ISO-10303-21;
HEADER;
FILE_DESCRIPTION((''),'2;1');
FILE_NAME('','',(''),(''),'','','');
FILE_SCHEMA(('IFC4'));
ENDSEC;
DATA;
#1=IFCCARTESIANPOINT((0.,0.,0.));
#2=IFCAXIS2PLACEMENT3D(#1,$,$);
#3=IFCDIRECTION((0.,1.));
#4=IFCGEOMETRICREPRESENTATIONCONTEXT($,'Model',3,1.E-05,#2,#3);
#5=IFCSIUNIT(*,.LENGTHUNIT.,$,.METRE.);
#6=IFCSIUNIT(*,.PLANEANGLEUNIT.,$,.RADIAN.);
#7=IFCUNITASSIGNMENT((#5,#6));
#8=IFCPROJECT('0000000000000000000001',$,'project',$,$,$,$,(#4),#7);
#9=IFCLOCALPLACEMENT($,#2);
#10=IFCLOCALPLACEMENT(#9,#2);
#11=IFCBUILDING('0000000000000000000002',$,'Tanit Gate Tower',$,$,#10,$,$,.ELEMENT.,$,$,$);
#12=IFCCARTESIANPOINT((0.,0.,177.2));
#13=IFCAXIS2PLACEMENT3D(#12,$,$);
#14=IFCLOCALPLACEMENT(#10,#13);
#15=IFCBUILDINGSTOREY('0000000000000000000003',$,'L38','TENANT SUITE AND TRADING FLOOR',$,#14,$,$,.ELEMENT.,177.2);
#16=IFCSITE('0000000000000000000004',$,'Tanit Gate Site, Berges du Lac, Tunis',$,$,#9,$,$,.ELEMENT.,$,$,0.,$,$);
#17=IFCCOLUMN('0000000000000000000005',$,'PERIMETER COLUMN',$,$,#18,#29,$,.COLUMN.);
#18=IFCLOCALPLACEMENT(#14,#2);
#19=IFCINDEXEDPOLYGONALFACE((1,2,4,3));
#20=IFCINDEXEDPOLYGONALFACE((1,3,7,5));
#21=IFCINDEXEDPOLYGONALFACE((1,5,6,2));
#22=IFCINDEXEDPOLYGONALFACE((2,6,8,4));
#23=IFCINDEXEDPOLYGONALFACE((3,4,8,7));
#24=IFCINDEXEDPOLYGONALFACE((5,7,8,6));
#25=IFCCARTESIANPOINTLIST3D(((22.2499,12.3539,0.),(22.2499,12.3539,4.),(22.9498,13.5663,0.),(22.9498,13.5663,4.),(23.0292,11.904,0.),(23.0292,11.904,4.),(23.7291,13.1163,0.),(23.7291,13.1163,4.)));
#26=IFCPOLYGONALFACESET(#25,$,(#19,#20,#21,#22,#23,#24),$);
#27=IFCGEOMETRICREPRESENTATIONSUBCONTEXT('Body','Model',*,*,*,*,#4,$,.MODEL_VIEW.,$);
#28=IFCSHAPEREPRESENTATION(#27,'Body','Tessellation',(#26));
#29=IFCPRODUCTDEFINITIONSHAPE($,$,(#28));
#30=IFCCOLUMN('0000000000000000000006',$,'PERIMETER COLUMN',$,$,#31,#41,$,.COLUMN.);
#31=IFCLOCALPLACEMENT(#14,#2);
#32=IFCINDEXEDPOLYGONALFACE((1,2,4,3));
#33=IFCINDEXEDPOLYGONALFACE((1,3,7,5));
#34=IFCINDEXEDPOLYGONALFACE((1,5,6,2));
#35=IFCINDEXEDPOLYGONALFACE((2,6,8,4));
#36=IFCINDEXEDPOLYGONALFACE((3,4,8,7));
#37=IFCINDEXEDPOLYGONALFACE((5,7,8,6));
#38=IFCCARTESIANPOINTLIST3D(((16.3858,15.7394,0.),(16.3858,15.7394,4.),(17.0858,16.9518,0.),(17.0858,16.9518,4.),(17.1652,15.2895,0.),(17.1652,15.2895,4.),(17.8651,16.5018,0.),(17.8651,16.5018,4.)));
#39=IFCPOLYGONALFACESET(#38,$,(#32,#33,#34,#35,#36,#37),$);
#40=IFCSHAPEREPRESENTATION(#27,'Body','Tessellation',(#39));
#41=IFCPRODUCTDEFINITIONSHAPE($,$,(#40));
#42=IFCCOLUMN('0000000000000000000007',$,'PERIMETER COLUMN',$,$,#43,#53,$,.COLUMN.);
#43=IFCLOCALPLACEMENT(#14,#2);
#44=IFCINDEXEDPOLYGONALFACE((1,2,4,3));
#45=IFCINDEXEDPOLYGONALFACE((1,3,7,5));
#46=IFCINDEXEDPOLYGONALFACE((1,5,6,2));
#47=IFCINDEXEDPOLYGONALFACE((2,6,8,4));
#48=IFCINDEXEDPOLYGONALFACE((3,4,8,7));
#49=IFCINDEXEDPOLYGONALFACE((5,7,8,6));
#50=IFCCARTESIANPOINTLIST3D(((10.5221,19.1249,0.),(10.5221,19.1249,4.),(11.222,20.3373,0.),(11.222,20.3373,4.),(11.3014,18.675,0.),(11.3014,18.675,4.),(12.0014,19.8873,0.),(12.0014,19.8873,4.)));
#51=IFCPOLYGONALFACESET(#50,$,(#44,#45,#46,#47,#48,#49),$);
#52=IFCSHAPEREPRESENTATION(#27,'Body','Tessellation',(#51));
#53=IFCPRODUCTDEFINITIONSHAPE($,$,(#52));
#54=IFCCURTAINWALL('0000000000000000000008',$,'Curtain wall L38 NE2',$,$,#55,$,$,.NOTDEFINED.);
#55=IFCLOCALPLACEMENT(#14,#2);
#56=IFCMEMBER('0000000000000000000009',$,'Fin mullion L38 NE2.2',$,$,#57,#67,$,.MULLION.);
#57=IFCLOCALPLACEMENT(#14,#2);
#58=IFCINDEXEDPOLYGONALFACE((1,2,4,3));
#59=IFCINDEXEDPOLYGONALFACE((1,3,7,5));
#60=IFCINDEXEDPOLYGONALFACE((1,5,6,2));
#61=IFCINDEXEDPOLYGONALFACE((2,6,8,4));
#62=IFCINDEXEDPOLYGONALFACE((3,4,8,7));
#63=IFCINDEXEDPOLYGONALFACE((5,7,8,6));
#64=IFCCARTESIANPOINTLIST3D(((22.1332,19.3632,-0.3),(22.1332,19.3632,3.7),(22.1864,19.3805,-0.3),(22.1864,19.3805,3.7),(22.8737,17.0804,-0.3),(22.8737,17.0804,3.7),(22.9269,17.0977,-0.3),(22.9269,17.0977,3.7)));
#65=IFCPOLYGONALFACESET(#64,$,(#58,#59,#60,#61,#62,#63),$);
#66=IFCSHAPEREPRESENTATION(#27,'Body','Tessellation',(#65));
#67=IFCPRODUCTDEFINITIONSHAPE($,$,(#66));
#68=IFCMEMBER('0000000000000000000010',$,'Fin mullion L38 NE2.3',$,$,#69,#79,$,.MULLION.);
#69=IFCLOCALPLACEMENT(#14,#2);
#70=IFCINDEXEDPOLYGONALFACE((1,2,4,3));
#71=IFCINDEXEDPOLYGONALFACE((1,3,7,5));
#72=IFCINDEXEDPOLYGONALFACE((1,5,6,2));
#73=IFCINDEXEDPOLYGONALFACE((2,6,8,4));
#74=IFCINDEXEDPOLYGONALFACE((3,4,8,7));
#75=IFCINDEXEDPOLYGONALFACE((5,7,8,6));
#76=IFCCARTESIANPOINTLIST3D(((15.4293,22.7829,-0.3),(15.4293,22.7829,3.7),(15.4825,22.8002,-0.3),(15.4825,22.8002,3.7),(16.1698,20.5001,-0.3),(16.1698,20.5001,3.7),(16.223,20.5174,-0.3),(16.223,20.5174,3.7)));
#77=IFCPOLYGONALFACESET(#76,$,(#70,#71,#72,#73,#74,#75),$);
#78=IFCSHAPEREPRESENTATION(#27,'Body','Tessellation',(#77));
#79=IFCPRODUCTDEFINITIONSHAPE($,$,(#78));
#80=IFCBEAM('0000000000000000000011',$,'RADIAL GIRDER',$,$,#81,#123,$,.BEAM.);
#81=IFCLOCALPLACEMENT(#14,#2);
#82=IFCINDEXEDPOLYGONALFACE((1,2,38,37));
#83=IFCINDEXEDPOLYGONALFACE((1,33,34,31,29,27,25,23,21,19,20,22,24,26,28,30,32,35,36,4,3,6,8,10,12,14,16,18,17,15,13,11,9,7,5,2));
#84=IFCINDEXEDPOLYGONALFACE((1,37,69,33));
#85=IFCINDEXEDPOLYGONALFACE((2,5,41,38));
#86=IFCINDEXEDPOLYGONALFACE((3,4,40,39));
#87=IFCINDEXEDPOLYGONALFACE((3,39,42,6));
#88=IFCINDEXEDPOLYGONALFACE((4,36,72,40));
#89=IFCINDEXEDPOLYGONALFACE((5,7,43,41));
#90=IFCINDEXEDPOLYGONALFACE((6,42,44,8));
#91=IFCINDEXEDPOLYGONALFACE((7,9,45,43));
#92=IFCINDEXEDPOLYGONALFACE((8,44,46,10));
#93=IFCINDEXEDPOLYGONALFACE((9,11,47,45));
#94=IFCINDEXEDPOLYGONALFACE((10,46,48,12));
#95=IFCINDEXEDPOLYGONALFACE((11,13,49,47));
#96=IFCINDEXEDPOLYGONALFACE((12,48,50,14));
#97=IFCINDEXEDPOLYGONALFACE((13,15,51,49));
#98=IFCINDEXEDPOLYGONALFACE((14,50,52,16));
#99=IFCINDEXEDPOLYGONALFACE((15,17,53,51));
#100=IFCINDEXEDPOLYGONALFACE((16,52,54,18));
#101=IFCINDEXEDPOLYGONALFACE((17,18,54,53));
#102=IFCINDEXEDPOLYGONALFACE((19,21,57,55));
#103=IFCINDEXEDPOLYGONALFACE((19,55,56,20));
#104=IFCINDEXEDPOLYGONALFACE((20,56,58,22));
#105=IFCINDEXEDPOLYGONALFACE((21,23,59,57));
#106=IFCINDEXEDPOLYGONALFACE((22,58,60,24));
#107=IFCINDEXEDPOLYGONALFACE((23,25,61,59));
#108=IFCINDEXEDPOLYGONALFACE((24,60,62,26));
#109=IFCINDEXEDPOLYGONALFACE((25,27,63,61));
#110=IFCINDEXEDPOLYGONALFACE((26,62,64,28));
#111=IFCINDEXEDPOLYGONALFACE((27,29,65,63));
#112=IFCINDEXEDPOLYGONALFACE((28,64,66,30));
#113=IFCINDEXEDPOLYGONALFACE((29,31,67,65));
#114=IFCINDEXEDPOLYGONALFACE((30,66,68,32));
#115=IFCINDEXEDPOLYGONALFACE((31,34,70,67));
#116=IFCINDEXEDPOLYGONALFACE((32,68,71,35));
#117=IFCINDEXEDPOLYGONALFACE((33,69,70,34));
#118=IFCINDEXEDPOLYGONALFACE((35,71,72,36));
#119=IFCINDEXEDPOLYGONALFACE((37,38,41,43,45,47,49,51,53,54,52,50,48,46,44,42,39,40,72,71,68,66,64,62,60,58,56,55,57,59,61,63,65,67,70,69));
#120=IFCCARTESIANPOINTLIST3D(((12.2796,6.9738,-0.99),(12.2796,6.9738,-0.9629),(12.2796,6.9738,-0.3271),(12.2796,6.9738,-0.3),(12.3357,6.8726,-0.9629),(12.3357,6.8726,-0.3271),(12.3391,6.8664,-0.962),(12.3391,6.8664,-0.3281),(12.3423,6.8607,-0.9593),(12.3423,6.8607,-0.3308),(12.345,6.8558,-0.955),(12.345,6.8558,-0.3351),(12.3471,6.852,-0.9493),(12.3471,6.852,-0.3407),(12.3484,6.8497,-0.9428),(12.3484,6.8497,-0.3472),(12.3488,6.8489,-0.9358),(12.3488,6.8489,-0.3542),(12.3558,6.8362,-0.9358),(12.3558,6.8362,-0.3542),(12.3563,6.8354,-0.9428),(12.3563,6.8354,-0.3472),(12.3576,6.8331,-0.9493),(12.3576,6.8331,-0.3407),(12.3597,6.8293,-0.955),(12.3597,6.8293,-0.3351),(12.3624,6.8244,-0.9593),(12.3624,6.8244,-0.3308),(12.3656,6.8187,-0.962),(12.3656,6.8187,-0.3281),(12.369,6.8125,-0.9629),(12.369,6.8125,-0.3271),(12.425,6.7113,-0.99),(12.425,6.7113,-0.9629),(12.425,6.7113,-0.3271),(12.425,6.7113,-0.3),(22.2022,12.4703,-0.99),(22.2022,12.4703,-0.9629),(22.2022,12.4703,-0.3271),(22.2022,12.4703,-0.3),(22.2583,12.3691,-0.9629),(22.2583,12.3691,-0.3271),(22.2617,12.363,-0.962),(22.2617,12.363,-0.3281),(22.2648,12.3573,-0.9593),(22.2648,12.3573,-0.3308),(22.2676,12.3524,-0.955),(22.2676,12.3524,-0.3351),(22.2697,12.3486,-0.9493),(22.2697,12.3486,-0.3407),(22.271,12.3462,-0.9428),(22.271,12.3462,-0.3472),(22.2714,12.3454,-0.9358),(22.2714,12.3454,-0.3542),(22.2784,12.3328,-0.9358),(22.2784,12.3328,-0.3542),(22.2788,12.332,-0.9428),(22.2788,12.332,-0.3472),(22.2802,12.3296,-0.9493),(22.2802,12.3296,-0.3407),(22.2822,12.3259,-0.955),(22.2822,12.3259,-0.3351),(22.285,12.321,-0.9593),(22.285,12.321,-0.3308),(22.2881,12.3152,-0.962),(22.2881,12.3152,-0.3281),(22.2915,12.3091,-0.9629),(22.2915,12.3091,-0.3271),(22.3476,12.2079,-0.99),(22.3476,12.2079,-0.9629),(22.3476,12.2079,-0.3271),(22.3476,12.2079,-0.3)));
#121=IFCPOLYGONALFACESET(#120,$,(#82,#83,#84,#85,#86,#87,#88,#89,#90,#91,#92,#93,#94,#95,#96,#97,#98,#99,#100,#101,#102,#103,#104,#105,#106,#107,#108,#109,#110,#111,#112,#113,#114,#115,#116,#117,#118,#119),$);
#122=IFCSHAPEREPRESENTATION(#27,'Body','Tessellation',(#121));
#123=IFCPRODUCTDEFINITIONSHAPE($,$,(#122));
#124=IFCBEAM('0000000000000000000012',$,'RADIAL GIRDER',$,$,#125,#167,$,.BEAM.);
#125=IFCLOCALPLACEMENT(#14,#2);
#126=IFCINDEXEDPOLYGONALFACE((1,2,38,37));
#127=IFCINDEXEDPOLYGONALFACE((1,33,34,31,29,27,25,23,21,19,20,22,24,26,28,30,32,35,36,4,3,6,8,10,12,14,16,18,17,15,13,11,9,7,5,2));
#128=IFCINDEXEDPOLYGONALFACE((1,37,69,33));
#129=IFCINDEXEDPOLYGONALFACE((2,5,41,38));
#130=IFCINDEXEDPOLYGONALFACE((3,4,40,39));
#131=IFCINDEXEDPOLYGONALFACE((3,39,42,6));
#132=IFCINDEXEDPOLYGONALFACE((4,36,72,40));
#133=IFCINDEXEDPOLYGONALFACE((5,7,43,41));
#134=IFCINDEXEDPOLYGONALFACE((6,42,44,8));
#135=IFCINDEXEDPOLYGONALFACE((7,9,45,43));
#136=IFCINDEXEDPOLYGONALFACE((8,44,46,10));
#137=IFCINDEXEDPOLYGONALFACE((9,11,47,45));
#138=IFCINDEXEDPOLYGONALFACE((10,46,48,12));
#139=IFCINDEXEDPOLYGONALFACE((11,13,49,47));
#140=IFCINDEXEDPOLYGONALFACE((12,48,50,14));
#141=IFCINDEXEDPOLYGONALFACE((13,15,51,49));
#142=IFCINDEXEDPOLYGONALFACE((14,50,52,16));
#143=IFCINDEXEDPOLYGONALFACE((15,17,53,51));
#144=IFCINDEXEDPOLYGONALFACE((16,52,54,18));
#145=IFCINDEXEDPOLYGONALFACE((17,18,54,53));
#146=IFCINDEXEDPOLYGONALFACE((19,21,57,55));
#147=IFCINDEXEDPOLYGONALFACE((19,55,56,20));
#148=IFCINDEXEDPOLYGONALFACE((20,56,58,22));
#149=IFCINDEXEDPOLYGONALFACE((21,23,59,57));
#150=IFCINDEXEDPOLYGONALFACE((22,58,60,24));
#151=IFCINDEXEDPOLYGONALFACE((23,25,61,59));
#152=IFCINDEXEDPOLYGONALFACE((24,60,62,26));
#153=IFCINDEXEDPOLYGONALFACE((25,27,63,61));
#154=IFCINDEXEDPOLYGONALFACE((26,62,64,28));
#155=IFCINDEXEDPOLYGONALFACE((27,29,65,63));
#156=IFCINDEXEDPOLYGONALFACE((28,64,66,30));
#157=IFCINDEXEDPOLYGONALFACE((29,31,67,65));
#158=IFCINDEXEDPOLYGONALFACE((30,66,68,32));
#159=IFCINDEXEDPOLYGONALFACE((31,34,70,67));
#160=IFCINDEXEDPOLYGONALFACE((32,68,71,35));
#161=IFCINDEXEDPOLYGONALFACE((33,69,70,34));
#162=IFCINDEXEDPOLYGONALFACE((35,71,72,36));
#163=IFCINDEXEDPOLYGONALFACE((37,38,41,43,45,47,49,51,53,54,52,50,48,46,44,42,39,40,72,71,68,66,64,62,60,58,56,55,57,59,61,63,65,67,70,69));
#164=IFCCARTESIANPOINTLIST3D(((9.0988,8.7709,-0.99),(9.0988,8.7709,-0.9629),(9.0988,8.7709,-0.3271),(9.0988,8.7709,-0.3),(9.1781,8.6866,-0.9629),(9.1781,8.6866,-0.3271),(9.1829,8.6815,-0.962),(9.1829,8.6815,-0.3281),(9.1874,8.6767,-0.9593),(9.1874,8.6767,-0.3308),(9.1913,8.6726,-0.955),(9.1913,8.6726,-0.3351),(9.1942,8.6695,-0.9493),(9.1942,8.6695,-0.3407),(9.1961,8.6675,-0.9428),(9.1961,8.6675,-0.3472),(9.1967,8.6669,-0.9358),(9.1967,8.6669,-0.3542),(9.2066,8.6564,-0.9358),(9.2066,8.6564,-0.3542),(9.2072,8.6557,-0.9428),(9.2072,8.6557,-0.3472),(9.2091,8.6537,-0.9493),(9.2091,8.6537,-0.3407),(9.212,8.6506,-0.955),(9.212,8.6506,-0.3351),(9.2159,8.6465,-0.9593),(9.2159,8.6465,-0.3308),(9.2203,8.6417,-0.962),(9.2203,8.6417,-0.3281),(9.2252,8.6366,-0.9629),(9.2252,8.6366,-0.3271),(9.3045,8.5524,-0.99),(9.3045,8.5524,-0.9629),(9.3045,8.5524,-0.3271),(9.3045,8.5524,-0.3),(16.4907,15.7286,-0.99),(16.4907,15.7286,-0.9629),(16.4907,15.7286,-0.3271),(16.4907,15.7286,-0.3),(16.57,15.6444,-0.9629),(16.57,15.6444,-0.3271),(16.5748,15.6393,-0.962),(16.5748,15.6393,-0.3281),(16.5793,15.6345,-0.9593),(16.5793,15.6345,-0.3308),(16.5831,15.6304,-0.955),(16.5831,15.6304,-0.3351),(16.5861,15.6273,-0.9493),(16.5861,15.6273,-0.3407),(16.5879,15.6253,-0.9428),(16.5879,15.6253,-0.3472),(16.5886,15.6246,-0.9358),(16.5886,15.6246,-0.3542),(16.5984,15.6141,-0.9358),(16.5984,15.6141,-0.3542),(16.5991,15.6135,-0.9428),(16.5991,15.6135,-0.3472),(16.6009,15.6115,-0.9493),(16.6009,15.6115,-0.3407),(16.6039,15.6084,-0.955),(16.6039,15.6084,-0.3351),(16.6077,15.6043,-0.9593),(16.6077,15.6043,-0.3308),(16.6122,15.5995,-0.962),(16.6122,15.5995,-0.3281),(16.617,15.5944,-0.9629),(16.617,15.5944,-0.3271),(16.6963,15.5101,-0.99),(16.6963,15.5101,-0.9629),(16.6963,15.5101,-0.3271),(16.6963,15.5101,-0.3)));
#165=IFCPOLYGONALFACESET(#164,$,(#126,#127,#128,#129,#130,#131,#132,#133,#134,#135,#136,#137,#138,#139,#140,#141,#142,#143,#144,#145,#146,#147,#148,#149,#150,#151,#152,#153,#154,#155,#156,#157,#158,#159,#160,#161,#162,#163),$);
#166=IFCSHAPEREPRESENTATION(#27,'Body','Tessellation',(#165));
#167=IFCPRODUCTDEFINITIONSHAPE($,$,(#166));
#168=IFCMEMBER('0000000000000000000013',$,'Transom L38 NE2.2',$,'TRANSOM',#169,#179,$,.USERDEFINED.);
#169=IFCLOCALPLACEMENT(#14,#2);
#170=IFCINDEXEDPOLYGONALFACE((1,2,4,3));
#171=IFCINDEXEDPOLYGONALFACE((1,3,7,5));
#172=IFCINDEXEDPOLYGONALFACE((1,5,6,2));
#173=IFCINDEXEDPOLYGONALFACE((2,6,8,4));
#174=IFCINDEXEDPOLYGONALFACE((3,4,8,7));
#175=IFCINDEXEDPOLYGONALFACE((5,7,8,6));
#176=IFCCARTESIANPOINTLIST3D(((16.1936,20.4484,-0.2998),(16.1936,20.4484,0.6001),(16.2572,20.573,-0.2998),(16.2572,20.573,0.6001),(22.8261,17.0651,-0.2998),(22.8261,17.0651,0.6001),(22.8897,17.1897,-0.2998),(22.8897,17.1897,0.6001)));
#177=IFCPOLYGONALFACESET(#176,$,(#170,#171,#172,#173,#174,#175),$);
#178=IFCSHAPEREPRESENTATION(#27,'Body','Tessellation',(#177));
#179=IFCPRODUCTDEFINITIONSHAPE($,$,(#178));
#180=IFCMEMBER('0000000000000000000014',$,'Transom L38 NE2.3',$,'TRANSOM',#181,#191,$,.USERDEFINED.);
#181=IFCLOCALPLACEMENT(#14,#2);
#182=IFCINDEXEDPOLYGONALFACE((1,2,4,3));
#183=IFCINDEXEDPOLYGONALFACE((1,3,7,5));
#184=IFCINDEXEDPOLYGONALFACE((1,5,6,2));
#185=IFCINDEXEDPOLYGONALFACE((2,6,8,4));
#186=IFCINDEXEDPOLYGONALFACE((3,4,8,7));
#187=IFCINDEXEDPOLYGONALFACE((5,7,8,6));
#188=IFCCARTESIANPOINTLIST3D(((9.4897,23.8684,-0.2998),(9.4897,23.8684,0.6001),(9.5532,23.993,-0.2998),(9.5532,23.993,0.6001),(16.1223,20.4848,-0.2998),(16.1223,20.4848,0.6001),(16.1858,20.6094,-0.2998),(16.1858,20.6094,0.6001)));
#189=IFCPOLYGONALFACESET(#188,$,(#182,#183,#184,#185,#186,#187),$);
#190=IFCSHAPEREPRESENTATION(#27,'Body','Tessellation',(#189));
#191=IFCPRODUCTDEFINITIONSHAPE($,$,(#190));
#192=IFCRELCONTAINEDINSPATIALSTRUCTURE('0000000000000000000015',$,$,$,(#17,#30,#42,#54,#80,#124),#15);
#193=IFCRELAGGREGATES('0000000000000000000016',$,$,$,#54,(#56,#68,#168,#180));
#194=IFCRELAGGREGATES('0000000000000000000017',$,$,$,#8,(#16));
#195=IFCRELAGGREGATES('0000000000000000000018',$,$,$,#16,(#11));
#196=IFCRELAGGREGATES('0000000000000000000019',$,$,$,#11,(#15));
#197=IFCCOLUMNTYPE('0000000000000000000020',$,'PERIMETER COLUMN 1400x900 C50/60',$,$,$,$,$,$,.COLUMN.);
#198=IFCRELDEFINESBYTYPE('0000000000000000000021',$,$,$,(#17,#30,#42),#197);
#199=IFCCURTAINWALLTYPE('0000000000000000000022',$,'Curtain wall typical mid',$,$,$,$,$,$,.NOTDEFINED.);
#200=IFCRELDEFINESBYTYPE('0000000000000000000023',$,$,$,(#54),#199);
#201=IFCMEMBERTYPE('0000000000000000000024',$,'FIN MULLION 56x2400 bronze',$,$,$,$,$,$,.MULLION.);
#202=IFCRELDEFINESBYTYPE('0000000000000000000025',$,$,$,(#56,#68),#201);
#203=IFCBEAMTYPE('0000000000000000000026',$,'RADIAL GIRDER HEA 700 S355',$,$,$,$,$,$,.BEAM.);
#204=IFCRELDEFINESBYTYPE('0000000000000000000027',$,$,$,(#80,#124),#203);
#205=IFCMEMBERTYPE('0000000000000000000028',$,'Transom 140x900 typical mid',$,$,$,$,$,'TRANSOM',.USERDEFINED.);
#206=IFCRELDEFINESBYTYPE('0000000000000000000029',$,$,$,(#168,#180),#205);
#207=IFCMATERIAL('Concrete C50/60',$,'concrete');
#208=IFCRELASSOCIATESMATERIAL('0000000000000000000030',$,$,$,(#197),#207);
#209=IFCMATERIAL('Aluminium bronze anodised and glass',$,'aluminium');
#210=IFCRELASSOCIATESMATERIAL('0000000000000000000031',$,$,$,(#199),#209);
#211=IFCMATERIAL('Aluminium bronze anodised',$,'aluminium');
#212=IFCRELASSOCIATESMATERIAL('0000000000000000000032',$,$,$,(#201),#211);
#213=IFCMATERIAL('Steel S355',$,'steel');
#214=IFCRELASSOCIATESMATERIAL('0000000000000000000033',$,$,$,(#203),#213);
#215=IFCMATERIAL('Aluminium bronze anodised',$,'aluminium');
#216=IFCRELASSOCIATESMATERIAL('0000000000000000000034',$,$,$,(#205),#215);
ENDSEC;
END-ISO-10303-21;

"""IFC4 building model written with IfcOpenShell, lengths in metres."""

from ifc_helpers import new_model, si_unit, direction, frame, origin, origin_2d, place, context, subcontext, project, spatial, rectangle, i_section, extrude, material, material_profile, profile_set, type_object, element, aggregate, save


model = new_model("IFC4")

# Units and contexts
model_context = context("Model", 3, precision=1e-05, world=origin(), true_north=direction((0.0, 1.0)))
body_context = subcontext(model_context, "Body", "Model", "MODEL_VIEW")
ifc_project = project(units=[si_unit("LENGTHUNIT", "METRE"), si_unit("PLANEANGLEUNIT", "RADIAN")], contexts=[model_context])

# Site, building, storey
site_placement = place(None, origin())
site = spatial("IfcSite", under=ifc_project, at=site_placement, Name="Tanit Gate Site, Berges du Lac, Tunis", CompositionType="ELEMENT", RefElevation=0.0)
building_placement = place(site_placement, origin())
building = spatial("IfcBuilding", under=site, at=building_placement, Name="Tanit Gate Tower", CompositionType="ELEMENT")
storey_placement = place(building_placement, frame((0.0, 0.0, 177.2)))
storey = spatial("IfcBuildingStorey", under=building, at=storey_placement, Name="L38", Description="TENANT SUITE AND TRADING FLOOR", CompositionType="ELEMENT", Elevation=177.2)

# Columns
ifc_material_1 = material(Name="Concrete C50/60", Category="concrete")
ifc_material_profile_1 = material_profile(ifc_material_1, rectangle(XDim=1.3999, YDim=0.8999, at=origin_2d()), Name="RC 1400x900")
ifc_profile_set_1 = profile_set([ifc_material_profile_1], Name="Concrete C50/60")
column_type = type_object("IfcColumnType", Name="PERIMETER COLUMN 1400x900 C50/60", PredefinedType="COLUMN", material=ifc_profile_set_1)
for number, where, z_axis, x_axis, name in (
    (1, (22.9895, 12.7351, 0.0), (0.0, 0.0, 1.0), (0.5, 0.866025, 0.0), "PERIMETER COLUMN"),
    (2, (17.1255, 16.1206, 0.0), (0.0, 0.0, 1.0), (0.5, 0.866025, 0.0), "PERIMETER COLUMN"),
    (3, (11.2617, 19.5061, 0.0), (0.0, 0.0, 1.0), (0.5, 0.866025, 0.0), "PERIMETER COLUMN"),
):
    element("IfcColumn", number, at=place(storey_placement, frame(where, z_axis=z_axis, x_axis=x_axis)), inside=storey, type_object=column_type, Name=name, PredefinedType="COLUMN", context=body_context, shape_type="SweptSolid", body=[
        extrude(rectangle(XDim=1.3999, YDim=0.8999, at=origin_2d()), origin(), (0.0, 0.0, 1.0), 4.0),
    ])

# Curtain wall, members
ifc_material_2 = material(Name="Aluminium bronze anodised and glass", Category="aluminium")
curtain_wall_type = type_object("IfcCurtainWallType", Name="Curtain wall typical mid", PredefinedType="NOTDEFINED", material=ifc_material_2)
curtain_wall_placement = place(storey_placement, origin())
curtain_wall = element("IfcCurtainWall", 4, at=curtain_wall_placement, inside=storey, type_object=curtain_wall_type, Name="Curtain wall L38 NE2", PredefinedType="NOTDEFINED")
ifc_material_3 = material(Name="Aluminium bronze anodised", Category="aluminium")
ifc_material_profile_2 = material_profile(ifc_material_3, rectangle(XDim=2.3999, YDim=0.0559, at=origin_2d()), Name="56x2400 bronze fin mullion")
ifc_profile_set_2 = profile_set([ifc_material_profile_2], Name="Aluminium bronze anodised")
member_type_1 = type_object("IfcMemberType", Name="FIN MULLION 56x2400 bronze", PredefinedType="MULLION", material=ifc_profile_set_2)
member_1_placement = place(storey_placement, frame((22.53, 18.2305, -0.3), z_axis=(0.0, 0.0, 1.0), x_axis=(0.308568, -0.951202, 0.0)))
member_1 = element("IfcMember", 5, at=member_1_placement, type_object=member_type_1, Name="Fin mullion L38 NE2.2", PredefinedType="MULLION", context=body_context, shape_type="SweptSolid", body=[
    extrude(rectangle(XDim=2.3999, YDim=0.0559, at=origin_2d()), origin(), (0.0, 0.0, 1.0), 4.0),
])
member_2_placement = place(storey_placement, frame((15.8262, 21.6501, -0.3), z_axis=(0.0, 0.0, 1.0), x_axis=(0.308568, -0.951202, 0.0)))
member_2 = element("IfcMember", 6, at=member_2_placement, type_object=member_type_1, Name="Fin mullion L38 NE2.3", PredefinedType="MULLION", context=body_context, shape_type="SweptSolid", body=[
    extrude(rectangle(XDim=2.3999, YDim=0.0559, at=origin_2d()), origin(), (0.0, 0.0, 1.0), 4.0),
])

# Beams
ifc_material_4 = material(Name="Steel S355", Category="steel")
ifc_material_profile_3 = material_profile(ifc_material_4, i_section(OverallWidth=0.3, OverallDepth=0.6899, WebThickness=0.0144, FlangeThickness=0.0271, FilletRadius=0.0271, at=origin_2d()), Name="HEA 700")
ifc_profile_set_3 = profile_set([ifc_material_profile_3], Name="Steel S355")
beam_type = type_object("IfcBeamType", Name="RADIAL GIRDER HEA 700 S355", PredefinedType="BEAM", material=ifc_profile_set_3)
beam_1_placement = place(storey_placement, frame((22.2749, 12.3391, -0.645), z_axis=(-0.874755, -0.484566, 0.0), x_axis=(0.484566, -0.874755, 0.0)))
element("IfcBeam", 7, at=beam_1_placement, inside=storey, type_object=beam_type, Name="RADIAL GIRDER", PredefinedType="BEAM", context=body_context, shape_type="SweptSolid", body=[
    extrude(i_section(OverallWidth=0.3, OverallDepth=0.6899, WebThickness=0.0144, FlangeThickness=0.0271, FilletRadius=0.0271, at=origin_2d()), origin(), (0.0, 0.0, 1.0), 11.3433),
])
beam_2_placement = place(storey_placement, frame((16.5935, 15.6194, -0.645), z_axis=(-0.728164, -0.685403, 0.0), x_axis=(0.685403, -0.728164, 0.0)))
element("IfcBeam", 8, at=beam_2_placement, inside=storey, type_object=beam_type, Name="RADIAL GIRDER", PredefinedType="BEAM", context=body_context, shape_type="SweptSolid", body=[
    extrude(i_section(OverallWidth=0.3, OverallDepth=0.6899, WebThickness=0.0144, FlangeThickness=0.0271, FilletRadius=0.0271, at=origin_2d()), origin(), (0.0, 0.0, 1.0), 10.1514),
])

# Members
ifc_material_5 = material(Name="Aluminium bronze anodised", Category="aluminium")
ifc_material_profile_4 = material_profile(ifc_material_5, rectangle(XDim=0.1399, YDim=0.8999, at=origin_2d()), Name="140x900 bronze transom")
ifc_profile_set_4 = profile_set([ifc_material_profile_4], Name="Aluminium bronze anodised")
member_type_2 = type_object("IfcMemberType", Name="Transom 140x900 typical mid", ElementType="TRANSOM", PredefinedType="USERDEFINED", material=ifc_profile_set_4)
member_3_placement = place(storey_placement, frame((22.8579, 17.1274, 0.1501), z_axis=(-0.890798, 0.4544, 0.0), x_axis=(-0.4544, -0.890798, 0.0)))
member_3 = element("IfcMember", 9, at=member_3_placement, type_object=member_type_2, Name="Transom L38 NE2.2", ObjectType="TRANSOM", PredefinedType="USERDEFINED", context=body_context, shape_type="SweptSolid", body=[
    extrude(rectangle(XDim=0.1399, YDim=0.8999, at=origin_2d()), origin(), (0.0, 0.0, 1.0), 7.4456),
])
member_4_placement = place(storey_placement, frame((16.1541, 20.5471, 0.1501), z_axis=(-0.890785, 0.454426, 0.0), x_axis=(-0.454426, -0.890785, 0.0)))
member_4 = element("IfcMember", 10, at=member_4_placement, type_object=member_type_2, Name="Transom L38 NE2.3", ObjectType="TRANSOM", PredefinedType="USERDEFINED", context=body_context, shape_type="SweptSolid", body=[
    extrude(rectangle(XDim=0.1399, YDim=0.8999, at=origin_2d()), origin(), (0.0, 0.0, 1.0), 7.4458),
])

aggregate(curtain_wall, [member_1, member_2, member_3, member_4])

save(model, "model.ifc")
